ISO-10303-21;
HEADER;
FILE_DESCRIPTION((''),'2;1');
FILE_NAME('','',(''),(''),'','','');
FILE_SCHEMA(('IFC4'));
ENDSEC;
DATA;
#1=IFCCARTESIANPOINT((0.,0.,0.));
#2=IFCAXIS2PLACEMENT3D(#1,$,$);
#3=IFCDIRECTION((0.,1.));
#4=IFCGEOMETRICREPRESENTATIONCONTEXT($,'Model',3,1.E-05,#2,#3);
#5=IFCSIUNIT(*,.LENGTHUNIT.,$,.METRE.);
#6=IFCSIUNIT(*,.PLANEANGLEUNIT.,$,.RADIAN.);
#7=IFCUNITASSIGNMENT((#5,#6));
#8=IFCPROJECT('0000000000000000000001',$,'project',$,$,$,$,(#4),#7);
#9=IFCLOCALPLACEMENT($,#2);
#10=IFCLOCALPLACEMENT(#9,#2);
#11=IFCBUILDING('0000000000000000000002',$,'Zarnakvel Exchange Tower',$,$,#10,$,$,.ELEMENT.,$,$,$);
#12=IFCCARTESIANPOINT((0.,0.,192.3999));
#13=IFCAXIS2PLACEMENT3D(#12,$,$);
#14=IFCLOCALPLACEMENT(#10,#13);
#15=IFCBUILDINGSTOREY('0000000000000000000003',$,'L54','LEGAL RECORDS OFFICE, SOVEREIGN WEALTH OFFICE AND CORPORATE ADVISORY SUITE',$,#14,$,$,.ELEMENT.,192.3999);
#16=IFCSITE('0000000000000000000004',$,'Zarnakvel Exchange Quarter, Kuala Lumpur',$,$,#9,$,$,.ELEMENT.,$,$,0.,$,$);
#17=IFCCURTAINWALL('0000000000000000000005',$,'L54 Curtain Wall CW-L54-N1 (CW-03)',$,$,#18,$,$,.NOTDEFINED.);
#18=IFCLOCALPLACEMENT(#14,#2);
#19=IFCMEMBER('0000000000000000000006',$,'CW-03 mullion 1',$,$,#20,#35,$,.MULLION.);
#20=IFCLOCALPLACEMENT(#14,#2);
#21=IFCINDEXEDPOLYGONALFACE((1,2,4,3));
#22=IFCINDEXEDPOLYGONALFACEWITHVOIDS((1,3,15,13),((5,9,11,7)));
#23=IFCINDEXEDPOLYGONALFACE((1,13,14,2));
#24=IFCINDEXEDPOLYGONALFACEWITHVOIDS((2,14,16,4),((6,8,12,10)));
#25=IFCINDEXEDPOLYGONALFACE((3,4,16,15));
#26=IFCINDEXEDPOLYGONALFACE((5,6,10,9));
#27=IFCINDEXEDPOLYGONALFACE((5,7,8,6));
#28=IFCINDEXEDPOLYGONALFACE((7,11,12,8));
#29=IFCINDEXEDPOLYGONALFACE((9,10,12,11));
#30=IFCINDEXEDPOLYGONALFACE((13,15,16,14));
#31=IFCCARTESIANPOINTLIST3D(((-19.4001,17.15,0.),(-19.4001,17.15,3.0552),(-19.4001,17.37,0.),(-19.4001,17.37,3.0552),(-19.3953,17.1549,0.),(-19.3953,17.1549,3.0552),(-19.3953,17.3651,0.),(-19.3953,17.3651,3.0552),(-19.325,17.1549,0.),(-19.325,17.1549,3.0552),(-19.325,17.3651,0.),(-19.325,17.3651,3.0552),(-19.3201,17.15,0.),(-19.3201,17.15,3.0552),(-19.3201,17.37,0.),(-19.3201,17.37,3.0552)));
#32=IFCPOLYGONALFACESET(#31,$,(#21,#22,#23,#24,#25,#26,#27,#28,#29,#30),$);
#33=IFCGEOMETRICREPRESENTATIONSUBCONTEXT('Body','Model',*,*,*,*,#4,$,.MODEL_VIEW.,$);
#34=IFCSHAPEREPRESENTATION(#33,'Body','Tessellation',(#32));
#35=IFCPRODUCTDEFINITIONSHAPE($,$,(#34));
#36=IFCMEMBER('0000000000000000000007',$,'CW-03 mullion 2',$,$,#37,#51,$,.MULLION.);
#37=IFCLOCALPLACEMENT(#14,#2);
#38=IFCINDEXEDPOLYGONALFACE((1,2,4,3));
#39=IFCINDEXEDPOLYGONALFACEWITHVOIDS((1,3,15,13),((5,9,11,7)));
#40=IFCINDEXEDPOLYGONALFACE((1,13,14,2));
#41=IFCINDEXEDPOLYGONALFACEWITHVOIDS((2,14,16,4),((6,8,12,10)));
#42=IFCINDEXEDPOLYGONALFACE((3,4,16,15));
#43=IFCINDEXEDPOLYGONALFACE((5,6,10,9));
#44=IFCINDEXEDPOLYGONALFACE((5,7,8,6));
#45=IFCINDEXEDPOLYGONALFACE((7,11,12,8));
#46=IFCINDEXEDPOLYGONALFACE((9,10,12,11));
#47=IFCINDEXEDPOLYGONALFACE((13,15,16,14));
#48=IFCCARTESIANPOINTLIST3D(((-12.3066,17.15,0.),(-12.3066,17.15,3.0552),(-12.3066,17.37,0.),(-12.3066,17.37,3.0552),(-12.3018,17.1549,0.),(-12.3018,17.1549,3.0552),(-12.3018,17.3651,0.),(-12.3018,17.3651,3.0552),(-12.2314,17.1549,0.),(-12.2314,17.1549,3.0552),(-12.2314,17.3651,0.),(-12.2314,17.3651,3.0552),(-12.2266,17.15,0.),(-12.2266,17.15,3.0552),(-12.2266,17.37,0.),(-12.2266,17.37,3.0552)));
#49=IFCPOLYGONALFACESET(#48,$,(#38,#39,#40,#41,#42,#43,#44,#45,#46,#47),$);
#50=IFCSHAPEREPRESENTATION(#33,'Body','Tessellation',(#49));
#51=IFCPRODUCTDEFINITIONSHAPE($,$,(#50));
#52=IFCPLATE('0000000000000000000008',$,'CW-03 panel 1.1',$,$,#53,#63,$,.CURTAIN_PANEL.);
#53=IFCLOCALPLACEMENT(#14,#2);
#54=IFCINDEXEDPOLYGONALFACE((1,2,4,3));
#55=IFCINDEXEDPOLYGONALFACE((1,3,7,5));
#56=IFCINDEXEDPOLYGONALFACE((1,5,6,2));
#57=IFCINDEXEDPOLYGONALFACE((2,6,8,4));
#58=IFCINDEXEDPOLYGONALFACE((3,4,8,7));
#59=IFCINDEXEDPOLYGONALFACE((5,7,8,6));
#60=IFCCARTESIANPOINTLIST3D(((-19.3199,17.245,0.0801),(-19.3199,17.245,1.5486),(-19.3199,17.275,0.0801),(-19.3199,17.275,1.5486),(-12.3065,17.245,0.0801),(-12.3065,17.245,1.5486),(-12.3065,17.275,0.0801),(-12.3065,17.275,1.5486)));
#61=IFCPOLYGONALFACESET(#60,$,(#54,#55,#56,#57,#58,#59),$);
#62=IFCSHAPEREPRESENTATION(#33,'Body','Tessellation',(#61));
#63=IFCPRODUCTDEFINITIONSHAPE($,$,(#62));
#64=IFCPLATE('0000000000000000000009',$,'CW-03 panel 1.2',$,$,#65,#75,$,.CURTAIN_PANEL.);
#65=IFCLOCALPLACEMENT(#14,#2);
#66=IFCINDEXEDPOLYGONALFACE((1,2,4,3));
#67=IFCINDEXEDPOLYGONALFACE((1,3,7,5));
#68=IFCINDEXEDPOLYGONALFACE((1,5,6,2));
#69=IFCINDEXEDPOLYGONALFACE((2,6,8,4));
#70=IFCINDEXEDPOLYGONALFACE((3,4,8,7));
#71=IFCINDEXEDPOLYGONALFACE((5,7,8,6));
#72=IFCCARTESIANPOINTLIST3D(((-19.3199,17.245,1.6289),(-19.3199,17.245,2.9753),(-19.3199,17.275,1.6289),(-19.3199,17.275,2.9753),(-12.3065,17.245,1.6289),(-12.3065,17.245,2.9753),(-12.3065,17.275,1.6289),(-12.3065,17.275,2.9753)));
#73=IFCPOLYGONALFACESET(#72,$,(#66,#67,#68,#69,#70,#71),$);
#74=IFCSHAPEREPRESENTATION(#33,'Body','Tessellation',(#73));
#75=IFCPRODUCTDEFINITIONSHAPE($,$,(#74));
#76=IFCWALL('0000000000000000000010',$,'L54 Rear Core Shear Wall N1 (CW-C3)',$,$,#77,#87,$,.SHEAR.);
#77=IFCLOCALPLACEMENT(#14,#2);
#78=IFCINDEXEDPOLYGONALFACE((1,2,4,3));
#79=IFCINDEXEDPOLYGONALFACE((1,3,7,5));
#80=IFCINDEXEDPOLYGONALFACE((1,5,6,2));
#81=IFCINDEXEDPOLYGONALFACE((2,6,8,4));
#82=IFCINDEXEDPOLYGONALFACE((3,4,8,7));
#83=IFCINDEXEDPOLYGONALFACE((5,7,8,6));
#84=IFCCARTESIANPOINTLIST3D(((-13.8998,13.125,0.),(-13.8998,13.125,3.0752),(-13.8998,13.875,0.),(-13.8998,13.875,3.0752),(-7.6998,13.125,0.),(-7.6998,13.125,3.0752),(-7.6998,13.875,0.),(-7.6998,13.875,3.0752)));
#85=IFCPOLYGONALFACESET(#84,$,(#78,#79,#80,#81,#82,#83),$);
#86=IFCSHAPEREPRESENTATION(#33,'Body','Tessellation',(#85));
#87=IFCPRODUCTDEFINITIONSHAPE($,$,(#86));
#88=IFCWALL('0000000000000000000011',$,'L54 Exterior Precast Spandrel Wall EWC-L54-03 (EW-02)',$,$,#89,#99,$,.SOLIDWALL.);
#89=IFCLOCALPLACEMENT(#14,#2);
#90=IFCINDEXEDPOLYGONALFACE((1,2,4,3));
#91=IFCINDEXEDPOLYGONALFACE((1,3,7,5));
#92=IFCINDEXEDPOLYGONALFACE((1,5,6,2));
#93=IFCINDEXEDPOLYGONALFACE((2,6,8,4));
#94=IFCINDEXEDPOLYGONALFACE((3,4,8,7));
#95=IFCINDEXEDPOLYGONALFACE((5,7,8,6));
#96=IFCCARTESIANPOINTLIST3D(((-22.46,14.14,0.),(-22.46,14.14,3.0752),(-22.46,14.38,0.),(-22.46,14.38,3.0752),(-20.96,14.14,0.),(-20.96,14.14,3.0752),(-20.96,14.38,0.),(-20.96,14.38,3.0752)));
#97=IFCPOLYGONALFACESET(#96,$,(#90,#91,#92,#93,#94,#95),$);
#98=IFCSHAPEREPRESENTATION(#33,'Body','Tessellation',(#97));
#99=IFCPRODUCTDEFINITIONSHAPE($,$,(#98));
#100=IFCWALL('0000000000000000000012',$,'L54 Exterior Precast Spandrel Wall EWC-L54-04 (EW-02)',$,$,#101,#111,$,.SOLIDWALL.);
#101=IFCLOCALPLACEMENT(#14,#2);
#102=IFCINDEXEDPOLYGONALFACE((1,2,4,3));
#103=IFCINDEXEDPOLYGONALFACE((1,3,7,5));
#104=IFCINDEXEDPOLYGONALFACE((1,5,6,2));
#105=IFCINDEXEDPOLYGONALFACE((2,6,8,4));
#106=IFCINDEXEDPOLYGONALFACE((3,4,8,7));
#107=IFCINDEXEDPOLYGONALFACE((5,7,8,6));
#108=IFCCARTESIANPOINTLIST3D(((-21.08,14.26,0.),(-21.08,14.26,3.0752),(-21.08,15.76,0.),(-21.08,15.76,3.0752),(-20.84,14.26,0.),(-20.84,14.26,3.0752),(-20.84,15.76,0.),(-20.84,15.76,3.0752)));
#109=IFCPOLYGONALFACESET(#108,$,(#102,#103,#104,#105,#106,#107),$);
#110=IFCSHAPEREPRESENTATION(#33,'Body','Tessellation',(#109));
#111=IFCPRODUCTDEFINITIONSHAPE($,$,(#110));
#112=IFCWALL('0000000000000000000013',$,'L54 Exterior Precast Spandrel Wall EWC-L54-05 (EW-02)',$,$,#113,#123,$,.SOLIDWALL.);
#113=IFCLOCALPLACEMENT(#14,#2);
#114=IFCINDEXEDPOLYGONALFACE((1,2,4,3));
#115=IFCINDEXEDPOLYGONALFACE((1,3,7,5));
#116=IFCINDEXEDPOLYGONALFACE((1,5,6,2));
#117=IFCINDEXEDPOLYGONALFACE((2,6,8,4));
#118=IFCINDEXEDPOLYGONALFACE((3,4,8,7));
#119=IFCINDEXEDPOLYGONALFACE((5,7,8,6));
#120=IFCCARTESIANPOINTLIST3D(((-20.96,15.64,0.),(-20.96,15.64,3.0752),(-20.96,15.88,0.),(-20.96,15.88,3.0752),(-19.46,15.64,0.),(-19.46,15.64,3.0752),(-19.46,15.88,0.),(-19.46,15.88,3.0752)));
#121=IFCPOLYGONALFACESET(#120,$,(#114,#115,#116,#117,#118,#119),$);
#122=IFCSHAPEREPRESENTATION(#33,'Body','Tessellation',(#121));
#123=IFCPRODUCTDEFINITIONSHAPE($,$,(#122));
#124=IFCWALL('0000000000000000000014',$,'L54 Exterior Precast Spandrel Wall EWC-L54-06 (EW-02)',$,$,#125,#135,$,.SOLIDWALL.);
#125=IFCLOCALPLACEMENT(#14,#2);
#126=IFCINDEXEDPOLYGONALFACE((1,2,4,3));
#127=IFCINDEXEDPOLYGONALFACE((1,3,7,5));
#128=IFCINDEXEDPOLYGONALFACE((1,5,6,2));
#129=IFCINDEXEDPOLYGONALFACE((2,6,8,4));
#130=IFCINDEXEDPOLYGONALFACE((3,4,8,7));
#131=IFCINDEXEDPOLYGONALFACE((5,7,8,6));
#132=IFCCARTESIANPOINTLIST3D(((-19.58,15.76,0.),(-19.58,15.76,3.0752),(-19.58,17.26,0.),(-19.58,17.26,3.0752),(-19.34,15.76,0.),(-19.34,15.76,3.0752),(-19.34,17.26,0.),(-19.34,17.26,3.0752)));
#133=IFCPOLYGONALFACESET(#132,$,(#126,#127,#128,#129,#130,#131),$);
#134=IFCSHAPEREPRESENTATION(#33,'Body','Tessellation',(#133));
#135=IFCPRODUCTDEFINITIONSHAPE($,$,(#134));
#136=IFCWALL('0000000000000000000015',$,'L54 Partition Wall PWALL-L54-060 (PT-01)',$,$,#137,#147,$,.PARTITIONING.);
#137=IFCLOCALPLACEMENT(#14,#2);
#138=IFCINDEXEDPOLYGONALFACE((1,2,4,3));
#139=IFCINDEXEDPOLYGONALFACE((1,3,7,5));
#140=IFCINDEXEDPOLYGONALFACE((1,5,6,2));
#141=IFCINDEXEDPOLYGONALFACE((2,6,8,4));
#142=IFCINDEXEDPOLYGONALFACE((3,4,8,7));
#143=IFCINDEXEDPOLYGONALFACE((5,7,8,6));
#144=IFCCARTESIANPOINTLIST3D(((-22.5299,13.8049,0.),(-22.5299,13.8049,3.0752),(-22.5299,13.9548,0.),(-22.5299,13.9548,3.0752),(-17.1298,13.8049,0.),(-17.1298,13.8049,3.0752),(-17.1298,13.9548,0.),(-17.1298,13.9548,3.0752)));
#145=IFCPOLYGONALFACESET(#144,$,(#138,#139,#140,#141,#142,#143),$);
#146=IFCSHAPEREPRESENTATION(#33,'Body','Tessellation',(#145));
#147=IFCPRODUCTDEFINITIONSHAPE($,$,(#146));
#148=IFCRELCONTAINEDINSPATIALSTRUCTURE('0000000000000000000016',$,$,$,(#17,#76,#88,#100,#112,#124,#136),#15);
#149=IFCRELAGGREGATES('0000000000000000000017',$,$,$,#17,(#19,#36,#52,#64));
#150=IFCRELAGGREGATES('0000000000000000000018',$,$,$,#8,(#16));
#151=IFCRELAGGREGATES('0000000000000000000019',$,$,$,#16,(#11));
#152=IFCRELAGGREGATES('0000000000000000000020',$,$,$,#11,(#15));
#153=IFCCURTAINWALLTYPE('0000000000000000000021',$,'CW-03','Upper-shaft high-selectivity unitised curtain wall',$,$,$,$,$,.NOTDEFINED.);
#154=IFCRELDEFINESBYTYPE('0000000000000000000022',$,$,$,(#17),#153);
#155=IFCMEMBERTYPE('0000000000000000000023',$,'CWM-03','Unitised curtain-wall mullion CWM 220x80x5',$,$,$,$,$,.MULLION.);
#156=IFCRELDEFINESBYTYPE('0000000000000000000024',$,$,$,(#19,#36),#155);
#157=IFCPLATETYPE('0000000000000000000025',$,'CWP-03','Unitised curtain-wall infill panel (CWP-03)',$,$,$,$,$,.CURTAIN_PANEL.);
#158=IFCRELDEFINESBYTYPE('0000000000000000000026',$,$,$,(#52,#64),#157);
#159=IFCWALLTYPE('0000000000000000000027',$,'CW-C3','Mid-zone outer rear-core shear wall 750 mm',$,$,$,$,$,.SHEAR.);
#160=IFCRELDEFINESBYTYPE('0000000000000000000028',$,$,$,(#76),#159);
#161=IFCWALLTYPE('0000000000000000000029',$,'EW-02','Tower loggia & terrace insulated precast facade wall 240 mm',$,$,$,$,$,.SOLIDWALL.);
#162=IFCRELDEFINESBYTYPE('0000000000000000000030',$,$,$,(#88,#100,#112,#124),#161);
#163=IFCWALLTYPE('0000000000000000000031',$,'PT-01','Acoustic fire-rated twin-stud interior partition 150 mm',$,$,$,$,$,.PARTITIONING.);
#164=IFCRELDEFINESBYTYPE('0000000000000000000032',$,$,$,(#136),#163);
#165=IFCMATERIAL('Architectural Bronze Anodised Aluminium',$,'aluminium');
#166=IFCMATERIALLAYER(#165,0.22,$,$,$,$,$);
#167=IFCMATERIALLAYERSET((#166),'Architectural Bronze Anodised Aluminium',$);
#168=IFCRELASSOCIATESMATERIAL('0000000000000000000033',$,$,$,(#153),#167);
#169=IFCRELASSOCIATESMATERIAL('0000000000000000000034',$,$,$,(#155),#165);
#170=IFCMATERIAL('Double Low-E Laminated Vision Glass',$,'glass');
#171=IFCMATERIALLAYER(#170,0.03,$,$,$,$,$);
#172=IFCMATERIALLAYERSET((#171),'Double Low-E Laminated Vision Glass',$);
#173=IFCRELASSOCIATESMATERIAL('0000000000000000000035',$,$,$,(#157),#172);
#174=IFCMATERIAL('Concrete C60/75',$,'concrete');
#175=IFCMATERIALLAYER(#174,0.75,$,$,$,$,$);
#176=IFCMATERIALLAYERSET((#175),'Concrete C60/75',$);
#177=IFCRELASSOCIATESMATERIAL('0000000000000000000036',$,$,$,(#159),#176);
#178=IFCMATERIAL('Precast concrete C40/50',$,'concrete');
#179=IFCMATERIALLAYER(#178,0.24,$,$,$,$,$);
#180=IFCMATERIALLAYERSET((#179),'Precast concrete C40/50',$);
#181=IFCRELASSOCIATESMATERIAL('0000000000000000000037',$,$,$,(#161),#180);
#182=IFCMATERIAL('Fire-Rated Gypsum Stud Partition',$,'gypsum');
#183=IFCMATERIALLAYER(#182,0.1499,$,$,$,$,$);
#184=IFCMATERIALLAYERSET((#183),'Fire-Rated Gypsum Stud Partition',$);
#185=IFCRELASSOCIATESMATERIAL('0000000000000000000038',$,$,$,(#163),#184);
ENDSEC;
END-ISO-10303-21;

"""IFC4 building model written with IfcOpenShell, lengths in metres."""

from ifc_helpers import new_model, si_unit, direction, frame, frame_2d, origin, origin_2d, place, context, subcontext, project, spatial, rectangle, hollow_rectangle, extrude, source, transform, mapped, material, layer, layer_set, material_profile, profile_set, type_object, element, aggregate, save


model = new_model("IFC4")

# Units and contexts
model_context = context("Model", 3, precision=1e-05, world=origin(), true_north=direction((0.0, 1.0)))
body_context = subcontext(model_context, "Body", "Model", "MODEL_VIEW")
ifc_project = project(units=[si_unit("LENGTHUNIT", "METRE"), si_unit("PLANEANGLEUNIT", "RADIAN")], contexts=[model_context])

# Site, building, storey
site_placement = place(None, origin())
site = spatial("IfcSite", under=ifc_project, at=site_placement, Name="Zarnakvel Exchange Quarter, Kuala Lumpur", CompositionType="ELEMENT", RefElevation=0.0)
building_placement = place(site_placement, origin())
building = spatial("IfcBuilding", under=site, at=building_placement, Name="Zarnakvel Exchange Tower", CompositionType="ELEMENT")
storey_placement = place(building_placement, frame((0.0, 0.0, 192.3999)))
storey = spatial("IfcBuildingStorey", under=building, at=storey_placement, Name="L54", Description="LEGAL RECORDS OFFICE, SOVEREIGN WEALTH OFFICE AND CORPORATE ADVISORY SUITE", CompositionType="ELEMENT", Elevation=192.3999)

# Shared definitions
ifc_material_1 = material(Name="Concrete C60/75", Category="concrete")

# Shared definitions
ifc_material_2 = material(Name="Architectural Bronze Anodised Aluminium", Category="aluminium")

# Curtain wall, members, plates
ifc_layer_1 = layer(ifc_material_2, 0.22)
ifc_layer_set_1 = layer_set([ifc_layer_1], Name="Architectural Bronze Anodised Aluminium")
curtain_wall_type_1 = type_object("IfcCurtainWallType", Name="CW-03", Description="Upper-shaft high-selectivity unitised curtain wall", PredefinedType="NOTDEFINED", material=ifc_layer_set_1)
curtain_wall_1_placement = place(storey_placement, origin())
curtain_wall_1 = element("IfcCurtainWall", 1, at=curtain_wall_1_placement, inside=storey, type_object=curtain_wall_type_1, Name="L54 Curtain Wall CW-L54-N1 (CW-03)", PredefinedType="NOTDEFINED")
ifc_material_profile_1 = material_profile(ifc_material_2, hollow_rectangle(XDim=0.22, YDim=0.0801, WallThickness=0.0049, at=origin_2d()))
ifc_profile_set_1 = profile_set([ifc_material_profile_1], Name="Architectural Bronze Anodised Aluminium")
member_type_1 = type_object("IfcMemberType", Name="CWM-03", Description="Unitised curtain-wall mullion CWM 220x80x5", PredefinedType="MULLION", material=ifc_profile_set_1)
shared_shape_1 = source(origin(), body_context, "Body", "SweptSolid", [
    extrude(hollow_rectangle(XDim=0.22, YDim=0.0801, WallThickness=0.0049, at=origin_2d()), origin(), (0.0, 0.0, 1.0), 3.0552),
])
member_1_placement = place(storey_placement, frame((-19.3601, 17.26, 0.0), z_axis=(0.0, 0.0, 1.0), x_axis=(0.0, 1.0, 0.0)))
member_1 = element("IfcMember", 2, at=member_1_placement, type_object=member_type_1, Name="CW-03 mullion 1", PredefinedType="MULLION", context=body_context, shape_type="MappedRepresentation", body=[
    mapped(shared_shape_1, transform((0.0, 0.0, 0.0), x_axis=(1.0, 0.0, 0.0), y_axis=(0.0, 1.0, 0.0), z_axis=(0.0, 0.0, 1.0), scale=1.0)),
])
member_2_placement = place(storey_placement, frame((-12.2666, 17.26, 0.0), z_axis=(0.0, 0.0, 1.0), x_axis=(0.0, 1.0, 0.0)))
member_2 = element("IfcMember", 3, at=member_2_placement, type_object=member_type_1, Name="CW-03 mullion 2", PredefinedType="MULLION", context=body_context, shape_type="MappedRepresentation", body=[
    mapped(shared_shape_1, transform((0.0, 0.0, 0.0), x_axis=(1.0, 0.0, 0.0), y_axis=(0.0, 1.0, 0.0), z_axis=(0.0, 0.0, 1.0), scale=1.0)),
])
ifc_material_3 = material(Name="Double Low-E Laminated Vision Glass", Category="glass")
ifc_layer_2 = layer(ifc_material_3, 0.03)
ifc_layer_set_2 = layer_set([ifc_layer_2], Name="Double Low-E Laminated Vision Glass")
plate_type = type_object("IfcPlateType", Name="CWP-03", Description="Unitised curtain-wall infill panel (CWP-03)", PredefinedType="CURTAIN_PANEL", material=ifc_layer_set_2)
shared_shape_2 = source(origin(), body_context, "Body", "SweptSolid", [
    extrude(rectangle(XDim=7.0134, YDim=0.03, at=origin_2d()), origin(), (0.0, 0.0, 1.0), 1.4685),
])
plate_1_placement = place(storey_placement, frame((-15.8132, 17.26, 0.0801), z_axis=(0.0, 0.0, 1.0), x_axis=(1.0, 0.0, 0.0)))
plate_1 = element("IfcPlate", 4, at=plate_1_placement, type_object=plate_type, Name="CW-03 panel 1.1", PredefinedType="CURTAIN_PANEL", context=body_context, shape_type="MappedRepresentation", body=[
    mapped(shared_shape_2, transform((0.0, 0.0, 0.0), x_axis=(1.0, 0.0, 0.0), y_axis=(0.0, 1.0, 0.0), z_axis=(0.0, 0.0, 1.0), scale=1.0)),
])
shared_shape_3 = source(origin(), body_context, "Body", "SweptSolid", [
    extrude(rectangle(XDim=7.0134, YDim=0.03, at=origin_2d()), origin(), (0.0, 0.0, 1.0), 1.3464),
])
plate_2_placement = place(storey_placement, frame((-15.8132, 17.26, 1.6289), z_axis=(0.0, 0.0, 1.0), x_axis=(1.0, 0.0, 0.0)))
plate_2 = element("IfcPlate", 5, at=plate_2_placement, type_object=plate_type, Name="CW-03 panel 1.2", PredefinedType="CURTAIN_PANEL", context=body_context, shape_type="MappedRepresentation", body=[
    mapped(shared_shape_3, transform((0.0, 0.0, 0.0), x_axis=(1.0, 0.0, 0.0), y_axis=(0.0, 1.0, 0.0), z_axis=(0.0, 0.0, 1.0), scale=1.0)),
])
aggregate(curtain_wall_1, [member_1, member_2, plate_1, plate_2])

# Walls
ifc_layer_3 = layer(ifc_material_1, 0.75)
ifc_layer_set_3 = layer_set([ifc_layer_3], Name="Concrete C60/75")
wall_type_1 = type_object("IfcWallType", Name="CW-C3", Description="Mid-zone outer rear-core shear wall 750 mm", PredefinedType="SHEAR", material=ifc_layer_set_3)
wall_1_placement = place(storey_placement, frame((-13.8999, 13.5, 0.0), z_axis=(0.0, 0.0, 1.0), x_axis=(1.0, 0.0, 0.0)))
element("IfcWall", 6, at=wall_1_placement, inside=storey, type_object=wall_type_1, Name="L54 Rear Core Shear Wall N1 (CW-C3)", PredefinedType="SHEAR", context=body_context, shape_type="SweptSolid", body=[
    extrude(rectangle(XDim=6.2, YDim=0.75, at=frame_2d((3.1001, 0.0))), origin(), (0.0, 0.0, 1.0), 3.0752),
])
ifc_material_4 = material(Name="Precast concrete C40/50", Category="concrete")
ifc_layer_4 = layer(ifc_material_4, 0.24)
ifc_layer_set_4 = layer_set([ifc_layer_4], Name="Precast concrete C40/50")
wall_type_2 = type_object("IfcWallType", Name="EW-02", Description="Tower loggia & terrace insulated precast facade wall 240 mm", PredefinedType="SOLIDWALL", material=ifc_layer_set_4)
for number, where, z_axis, x_axis, name in (
    (7, (-20.96, 14.26, 0.0), (0.0, 0.0, 1.0), (-1.0, 0.0, 0.0), "L54 Exterior Precast Spandrel Wall EWC-L54-03 (EW-02)"),
    (8, (-20.96, 15.76, 0.0), (0.0, 0.0, 1.0), (0.0, -1.0, 0.0), "L54 Exterior Precast Spandrel Wall EWC-L54-04 (EW-02)"),
    (9, (-19.46, 15.76, 0.0), (0.0, 0.0, 1.0), (-1.0, 0.0, 0.0), "L54 Exterior Precast Spandrel Wall EWC-L54-05 (EW-02)"),
    (10, (-19.46, 17.26, 0.0), (0.0, 0.0, 1.0), (0.0, -1.0, 0.0), "L54 Exterior Precast Spandrel Wall EWC-L54-06 (EW-02)"),
):
    element("IfcWall", number, at=place(storey_placement, frame(where, z_axis=z_axis, x_axis=x_axis)), inside=storey, type_object=wall_type_2, Name=name, PredefinedType="SOLIDWALL", context=body_context, shape_type="SweptSolid", body=[
        extrude(rectangle(XDim=1.5, YDim=0.24, at=frame_2d((0.75, 0.0))), origin(), (0.0, 0.0, 1.0), 3.0752),
    ])
ifc_material_5 = material(Name="Fire-Rated Gypsum Stud Partition", Category="gypsum")
ifc_layer_5 = layer(ifc_material_5, 0.1499)
ifc_layer_set_5 = layer_set([ifc_layer_5], Name="Fire-Rated Gypsum Stud Partition")
wall_type_3 = type_object("IfcWallType", Name="PT-01", Description="Acoustic fire-rated twin-stud interior partition 150 mm", PredefinedType="PARTITIONING", material=ifc_layer_set_5)
wall_2_placement = place(storey_placement, frame((-22.53, 13.8799, 0.0), z_axis=(0.0, 0.0, 1.0), x_axis=(1.0, 0.0, 0.0)))
element("IfcWall", 11, at=wall_2_placement, inside=storey, type_object=wall_type_3, Name="L54 Partition Wall PWALL-L54-060 (PT-01)", PredefinedType="PARTITIONING", context=body_context, shape_type="SweptSolid", body=[
    extrude(rectangle(XDim=5.4001, YDim=0.1499, at=frame_2d((2.7002, 0.0))), origin(), (0.0, 0.0, 1.0), 3.0752),
])

save(model, "model.ifc")
